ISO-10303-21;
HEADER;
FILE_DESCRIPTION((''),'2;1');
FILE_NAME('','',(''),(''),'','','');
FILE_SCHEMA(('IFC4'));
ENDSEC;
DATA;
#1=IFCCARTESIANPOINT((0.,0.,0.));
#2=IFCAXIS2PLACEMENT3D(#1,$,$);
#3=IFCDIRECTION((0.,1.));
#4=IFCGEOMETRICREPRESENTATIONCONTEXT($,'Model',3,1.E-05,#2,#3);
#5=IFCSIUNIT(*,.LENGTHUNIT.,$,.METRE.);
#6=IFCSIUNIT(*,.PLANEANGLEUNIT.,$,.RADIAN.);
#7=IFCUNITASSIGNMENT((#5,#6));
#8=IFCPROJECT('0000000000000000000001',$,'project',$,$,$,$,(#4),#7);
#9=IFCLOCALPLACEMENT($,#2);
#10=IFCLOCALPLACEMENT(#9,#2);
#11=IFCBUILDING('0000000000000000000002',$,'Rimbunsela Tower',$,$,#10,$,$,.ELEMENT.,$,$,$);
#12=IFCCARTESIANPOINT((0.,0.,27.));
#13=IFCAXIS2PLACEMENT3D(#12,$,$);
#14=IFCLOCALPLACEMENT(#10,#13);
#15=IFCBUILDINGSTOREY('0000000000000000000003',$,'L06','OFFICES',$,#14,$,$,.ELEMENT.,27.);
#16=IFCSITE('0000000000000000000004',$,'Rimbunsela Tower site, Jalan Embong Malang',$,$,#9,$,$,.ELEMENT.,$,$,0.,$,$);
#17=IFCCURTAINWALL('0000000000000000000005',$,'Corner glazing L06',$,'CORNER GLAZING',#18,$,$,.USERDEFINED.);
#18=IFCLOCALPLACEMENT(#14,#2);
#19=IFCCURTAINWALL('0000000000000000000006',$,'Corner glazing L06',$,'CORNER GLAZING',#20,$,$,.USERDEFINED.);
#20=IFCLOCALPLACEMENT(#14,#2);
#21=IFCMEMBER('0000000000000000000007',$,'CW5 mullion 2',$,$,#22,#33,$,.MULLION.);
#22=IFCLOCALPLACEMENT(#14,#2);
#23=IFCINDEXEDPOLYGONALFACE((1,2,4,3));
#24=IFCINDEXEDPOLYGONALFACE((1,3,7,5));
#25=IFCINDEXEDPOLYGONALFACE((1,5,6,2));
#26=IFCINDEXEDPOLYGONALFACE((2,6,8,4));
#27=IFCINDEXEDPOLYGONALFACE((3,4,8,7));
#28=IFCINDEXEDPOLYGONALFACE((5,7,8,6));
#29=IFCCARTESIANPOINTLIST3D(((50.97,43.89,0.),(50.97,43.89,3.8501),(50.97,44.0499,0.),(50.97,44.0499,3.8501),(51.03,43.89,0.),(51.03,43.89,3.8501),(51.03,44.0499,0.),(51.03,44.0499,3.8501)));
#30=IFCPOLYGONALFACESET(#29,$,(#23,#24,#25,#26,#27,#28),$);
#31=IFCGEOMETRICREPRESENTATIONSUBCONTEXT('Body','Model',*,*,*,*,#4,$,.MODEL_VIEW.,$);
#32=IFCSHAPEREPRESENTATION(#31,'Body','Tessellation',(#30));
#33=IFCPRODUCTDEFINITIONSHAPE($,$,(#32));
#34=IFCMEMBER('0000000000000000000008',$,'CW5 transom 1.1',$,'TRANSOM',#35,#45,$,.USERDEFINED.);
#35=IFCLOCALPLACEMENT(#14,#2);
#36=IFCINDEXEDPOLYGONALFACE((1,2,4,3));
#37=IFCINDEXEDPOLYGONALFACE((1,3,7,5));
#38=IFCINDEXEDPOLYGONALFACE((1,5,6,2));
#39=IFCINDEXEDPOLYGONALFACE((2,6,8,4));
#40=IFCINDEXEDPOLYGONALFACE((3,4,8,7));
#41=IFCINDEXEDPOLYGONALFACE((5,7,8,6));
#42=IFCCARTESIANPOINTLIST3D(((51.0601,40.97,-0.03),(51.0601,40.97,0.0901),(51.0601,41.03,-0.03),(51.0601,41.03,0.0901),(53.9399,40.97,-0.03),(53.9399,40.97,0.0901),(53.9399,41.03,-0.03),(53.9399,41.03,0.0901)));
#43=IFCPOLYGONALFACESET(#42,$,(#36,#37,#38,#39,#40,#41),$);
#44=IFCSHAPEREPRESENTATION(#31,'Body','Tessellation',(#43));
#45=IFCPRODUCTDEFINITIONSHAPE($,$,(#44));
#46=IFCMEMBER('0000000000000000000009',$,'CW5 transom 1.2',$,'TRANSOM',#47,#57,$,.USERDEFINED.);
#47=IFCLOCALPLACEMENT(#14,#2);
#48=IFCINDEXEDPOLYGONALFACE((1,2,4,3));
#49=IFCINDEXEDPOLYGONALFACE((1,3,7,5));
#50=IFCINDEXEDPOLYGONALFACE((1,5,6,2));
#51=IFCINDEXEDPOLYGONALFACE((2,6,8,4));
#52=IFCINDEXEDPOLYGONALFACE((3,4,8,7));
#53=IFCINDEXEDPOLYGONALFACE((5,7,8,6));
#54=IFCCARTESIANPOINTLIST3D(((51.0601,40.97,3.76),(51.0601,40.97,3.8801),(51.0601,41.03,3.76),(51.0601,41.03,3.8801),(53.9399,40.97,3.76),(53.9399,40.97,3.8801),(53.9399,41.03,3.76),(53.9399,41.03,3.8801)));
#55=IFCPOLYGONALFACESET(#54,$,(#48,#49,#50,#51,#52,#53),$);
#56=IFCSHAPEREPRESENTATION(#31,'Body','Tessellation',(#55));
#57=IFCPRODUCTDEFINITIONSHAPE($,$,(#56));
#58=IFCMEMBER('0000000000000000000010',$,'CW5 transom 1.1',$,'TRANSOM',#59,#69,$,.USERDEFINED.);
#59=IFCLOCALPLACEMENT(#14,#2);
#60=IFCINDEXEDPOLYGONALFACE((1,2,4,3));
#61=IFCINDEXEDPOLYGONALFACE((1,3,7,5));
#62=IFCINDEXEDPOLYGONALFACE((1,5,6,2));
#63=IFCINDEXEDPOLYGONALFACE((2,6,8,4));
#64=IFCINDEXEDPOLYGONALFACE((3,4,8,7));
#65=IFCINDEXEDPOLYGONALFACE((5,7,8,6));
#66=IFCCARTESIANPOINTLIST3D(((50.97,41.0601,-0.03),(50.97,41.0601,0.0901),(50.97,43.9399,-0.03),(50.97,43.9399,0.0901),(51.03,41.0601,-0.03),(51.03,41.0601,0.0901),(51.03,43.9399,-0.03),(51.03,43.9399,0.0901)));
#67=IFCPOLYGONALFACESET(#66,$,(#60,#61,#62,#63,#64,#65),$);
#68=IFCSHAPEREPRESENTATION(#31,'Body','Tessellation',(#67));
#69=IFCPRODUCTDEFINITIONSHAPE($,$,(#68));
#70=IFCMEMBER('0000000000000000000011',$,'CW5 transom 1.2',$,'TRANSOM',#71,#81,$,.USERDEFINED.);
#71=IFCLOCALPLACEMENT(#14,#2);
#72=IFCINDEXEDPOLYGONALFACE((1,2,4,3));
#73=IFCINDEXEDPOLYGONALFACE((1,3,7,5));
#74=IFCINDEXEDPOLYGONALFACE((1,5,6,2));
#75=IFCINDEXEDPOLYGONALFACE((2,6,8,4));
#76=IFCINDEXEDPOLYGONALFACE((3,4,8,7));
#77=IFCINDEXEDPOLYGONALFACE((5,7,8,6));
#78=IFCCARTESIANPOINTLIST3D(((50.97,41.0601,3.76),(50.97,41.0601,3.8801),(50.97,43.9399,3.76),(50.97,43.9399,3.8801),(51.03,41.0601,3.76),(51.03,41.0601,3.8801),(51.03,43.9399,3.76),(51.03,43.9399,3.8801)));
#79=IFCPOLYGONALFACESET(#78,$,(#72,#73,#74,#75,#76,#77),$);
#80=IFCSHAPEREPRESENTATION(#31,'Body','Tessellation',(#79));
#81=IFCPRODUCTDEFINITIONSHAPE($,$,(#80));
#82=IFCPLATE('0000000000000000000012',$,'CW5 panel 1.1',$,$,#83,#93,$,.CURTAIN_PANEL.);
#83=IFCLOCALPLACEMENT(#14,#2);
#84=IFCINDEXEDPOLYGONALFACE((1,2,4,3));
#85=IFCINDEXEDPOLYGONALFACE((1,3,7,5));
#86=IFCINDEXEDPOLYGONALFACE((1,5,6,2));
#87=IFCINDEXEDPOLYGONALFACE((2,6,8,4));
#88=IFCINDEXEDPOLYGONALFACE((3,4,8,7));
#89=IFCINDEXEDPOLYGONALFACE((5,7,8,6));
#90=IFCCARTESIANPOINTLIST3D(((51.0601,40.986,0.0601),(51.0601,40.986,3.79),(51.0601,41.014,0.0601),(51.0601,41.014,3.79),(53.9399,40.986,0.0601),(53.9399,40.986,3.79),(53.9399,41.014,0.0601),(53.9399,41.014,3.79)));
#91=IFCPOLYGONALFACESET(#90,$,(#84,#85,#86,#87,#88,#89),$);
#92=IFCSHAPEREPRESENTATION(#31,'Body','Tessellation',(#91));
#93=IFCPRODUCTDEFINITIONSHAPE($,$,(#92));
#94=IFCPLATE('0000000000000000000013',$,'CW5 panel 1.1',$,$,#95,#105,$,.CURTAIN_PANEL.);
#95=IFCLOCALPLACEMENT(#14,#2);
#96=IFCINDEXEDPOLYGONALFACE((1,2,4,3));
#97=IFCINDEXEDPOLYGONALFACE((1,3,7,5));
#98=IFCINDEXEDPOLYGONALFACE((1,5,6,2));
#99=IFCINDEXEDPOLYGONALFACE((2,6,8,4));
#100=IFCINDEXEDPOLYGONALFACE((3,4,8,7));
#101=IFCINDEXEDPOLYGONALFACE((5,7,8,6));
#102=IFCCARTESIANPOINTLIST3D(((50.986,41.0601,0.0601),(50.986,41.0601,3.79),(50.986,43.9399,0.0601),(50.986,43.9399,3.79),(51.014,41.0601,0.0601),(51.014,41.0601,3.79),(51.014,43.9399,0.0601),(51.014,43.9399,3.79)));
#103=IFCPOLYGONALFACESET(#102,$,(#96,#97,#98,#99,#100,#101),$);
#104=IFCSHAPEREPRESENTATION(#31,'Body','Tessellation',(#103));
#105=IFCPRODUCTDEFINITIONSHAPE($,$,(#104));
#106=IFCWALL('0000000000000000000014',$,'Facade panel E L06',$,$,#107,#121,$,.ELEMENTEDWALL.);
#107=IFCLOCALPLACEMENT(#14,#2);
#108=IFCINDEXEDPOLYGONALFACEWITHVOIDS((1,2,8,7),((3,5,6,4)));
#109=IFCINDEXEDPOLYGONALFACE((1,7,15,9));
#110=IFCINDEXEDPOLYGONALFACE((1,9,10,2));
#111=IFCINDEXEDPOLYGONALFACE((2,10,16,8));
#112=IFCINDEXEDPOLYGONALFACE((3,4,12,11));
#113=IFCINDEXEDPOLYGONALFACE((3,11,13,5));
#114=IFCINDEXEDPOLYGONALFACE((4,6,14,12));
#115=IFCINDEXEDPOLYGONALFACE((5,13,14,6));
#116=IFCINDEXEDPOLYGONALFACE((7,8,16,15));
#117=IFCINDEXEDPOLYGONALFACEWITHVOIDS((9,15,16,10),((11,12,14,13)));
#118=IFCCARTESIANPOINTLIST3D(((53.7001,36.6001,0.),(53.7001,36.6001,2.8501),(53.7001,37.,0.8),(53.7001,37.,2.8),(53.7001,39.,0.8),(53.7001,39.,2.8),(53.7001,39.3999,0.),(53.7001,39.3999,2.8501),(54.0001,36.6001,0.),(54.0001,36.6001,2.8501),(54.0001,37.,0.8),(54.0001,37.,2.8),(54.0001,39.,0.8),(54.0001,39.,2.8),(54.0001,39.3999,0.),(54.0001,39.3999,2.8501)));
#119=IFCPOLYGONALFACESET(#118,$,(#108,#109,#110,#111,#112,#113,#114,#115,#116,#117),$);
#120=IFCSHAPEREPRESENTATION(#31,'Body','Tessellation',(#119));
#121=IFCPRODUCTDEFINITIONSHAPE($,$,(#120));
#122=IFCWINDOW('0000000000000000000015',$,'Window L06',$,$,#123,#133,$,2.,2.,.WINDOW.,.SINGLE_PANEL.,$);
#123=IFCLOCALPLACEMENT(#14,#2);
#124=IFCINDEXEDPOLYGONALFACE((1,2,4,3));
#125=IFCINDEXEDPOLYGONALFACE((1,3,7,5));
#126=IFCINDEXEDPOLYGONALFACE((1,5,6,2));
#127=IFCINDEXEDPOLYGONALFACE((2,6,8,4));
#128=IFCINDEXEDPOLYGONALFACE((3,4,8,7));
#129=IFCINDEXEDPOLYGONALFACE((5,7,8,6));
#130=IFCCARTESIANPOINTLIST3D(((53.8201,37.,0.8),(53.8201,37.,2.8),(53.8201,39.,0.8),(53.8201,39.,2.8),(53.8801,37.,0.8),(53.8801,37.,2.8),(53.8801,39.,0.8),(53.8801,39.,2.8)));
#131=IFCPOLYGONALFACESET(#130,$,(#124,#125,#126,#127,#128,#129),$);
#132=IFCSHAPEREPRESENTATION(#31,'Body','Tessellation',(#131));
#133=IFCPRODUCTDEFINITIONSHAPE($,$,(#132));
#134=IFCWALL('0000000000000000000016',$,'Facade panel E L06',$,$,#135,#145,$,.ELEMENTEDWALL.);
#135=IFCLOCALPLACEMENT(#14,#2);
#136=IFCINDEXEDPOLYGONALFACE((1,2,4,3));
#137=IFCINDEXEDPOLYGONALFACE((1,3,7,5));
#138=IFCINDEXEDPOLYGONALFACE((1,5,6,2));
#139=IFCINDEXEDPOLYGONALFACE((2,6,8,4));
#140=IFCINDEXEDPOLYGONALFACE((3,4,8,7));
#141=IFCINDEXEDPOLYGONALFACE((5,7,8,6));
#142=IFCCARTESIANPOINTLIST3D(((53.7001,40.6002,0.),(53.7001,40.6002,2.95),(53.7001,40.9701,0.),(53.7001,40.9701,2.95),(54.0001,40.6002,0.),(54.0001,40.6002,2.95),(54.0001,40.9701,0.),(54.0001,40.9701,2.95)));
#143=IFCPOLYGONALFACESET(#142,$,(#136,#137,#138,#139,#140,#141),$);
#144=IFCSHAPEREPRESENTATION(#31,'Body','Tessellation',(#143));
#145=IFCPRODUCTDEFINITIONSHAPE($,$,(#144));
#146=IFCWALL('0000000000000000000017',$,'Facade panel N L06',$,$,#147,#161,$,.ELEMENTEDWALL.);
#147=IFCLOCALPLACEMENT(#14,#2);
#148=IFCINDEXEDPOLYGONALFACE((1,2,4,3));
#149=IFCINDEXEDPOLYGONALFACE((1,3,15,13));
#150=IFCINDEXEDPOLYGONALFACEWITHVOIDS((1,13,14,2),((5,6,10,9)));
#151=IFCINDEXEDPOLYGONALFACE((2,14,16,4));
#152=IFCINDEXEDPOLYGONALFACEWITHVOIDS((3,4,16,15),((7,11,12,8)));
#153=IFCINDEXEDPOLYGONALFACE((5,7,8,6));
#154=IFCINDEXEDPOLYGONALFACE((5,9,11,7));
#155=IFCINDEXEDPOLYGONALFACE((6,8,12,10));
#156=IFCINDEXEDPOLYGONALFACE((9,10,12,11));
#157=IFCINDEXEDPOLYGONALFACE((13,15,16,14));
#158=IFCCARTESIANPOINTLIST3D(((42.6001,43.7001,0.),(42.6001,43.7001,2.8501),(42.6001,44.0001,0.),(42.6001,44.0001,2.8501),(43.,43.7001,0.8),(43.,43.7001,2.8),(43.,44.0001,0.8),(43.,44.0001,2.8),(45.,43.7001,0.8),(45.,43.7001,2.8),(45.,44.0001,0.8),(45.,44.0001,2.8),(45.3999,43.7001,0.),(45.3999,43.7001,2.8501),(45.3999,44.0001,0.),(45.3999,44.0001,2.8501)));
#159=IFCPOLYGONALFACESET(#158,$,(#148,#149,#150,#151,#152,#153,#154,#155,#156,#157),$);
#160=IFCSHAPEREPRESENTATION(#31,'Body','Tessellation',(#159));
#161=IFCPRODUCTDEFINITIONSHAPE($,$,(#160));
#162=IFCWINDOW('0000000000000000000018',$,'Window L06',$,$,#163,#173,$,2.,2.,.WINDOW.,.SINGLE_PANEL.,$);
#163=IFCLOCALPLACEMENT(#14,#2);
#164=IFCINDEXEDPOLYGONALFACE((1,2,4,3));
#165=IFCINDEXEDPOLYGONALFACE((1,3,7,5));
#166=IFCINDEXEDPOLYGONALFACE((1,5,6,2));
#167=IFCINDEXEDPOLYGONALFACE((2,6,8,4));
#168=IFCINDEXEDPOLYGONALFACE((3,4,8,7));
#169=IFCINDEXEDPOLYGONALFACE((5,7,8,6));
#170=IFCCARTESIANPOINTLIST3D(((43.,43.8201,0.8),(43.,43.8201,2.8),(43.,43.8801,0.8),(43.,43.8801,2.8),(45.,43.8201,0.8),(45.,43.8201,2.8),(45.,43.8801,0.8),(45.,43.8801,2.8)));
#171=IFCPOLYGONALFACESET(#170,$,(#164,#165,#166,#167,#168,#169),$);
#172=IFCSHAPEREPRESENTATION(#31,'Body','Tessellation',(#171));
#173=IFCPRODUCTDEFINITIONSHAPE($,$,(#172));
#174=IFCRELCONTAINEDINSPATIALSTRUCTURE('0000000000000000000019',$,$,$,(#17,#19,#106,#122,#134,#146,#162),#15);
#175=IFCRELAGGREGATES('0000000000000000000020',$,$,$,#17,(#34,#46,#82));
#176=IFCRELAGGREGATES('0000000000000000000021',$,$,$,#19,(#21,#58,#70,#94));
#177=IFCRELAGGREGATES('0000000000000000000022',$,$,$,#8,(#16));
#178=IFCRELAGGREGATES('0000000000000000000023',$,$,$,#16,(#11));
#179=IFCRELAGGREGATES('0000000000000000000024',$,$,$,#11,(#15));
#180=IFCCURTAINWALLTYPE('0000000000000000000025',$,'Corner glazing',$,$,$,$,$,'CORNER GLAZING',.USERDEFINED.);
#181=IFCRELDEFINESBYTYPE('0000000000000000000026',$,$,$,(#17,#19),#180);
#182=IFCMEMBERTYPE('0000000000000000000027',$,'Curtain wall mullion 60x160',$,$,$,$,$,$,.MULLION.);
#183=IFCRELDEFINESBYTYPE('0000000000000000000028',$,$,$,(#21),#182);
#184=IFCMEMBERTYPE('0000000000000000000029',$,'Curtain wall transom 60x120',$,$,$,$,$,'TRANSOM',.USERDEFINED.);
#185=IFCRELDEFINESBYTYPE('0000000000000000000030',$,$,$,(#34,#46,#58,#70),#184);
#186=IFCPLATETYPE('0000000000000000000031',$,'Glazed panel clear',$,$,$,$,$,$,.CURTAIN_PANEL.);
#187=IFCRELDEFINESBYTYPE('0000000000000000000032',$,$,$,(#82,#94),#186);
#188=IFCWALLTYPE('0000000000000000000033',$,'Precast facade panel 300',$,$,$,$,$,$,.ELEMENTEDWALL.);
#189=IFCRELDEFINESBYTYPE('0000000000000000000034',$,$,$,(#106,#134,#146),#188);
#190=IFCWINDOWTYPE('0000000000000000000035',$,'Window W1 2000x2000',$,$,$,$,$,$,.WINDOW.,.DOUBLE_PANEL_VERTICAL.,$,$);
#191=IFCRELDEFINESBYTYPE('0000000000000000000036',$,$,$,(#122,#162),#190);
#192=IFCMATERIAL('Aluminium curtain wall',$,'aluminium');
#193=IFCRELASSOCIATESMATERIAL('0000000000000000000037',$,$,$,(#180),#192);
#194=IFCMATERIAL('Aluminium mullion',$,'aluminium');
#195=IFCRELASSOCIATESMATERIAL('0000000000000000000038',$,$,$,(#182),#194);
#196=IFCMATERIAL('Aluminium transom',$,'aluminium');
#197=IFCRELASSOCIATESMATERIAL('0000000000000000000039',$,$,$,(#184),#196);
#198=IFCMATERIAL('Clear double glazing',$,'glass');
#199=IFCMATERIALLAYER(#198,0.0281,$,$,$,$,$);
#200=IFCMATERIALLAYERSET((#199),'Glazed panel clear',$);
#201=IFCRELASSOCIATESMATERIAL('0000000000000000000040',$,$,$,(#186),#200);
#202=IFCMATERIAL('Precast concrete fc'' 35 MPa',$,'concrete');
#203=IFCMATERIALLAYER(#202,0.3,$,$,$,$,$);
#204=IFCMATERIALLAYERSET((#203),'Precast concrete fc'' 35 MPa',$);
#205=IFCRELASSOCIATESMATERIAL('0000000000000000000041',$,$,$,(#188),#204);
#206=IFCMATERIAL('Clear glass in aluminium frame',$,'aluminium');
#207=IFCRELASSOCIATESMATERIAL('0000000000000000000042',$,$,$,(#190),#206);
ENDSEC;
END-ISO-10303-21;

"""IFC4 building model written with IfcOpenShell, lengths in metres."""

from ifc_helpers import new_model, si_unit, direction, frame, frame_2d, origin, origin_2d, place, context, subcontext, project, spatial, rectangle, extrude, material, layer, layer_set, material_profile, profile_set, type_object, element, fill, aggregate, save


model = new_model("IFC4")

# Units and contexts
model_context = context("Model", 3, precision=1e-05, world=origin(), true_north=direction((0.0, 1.0)))
body_context = subcontext(model_context, "Body", "Model", "MODEL_VIEW")
ifc_project = project(units=[si_unit("LENGTHUNIT", "METRE"), si_unit("PLANEANGLEUNIT", "RADIAN")], contexts=[model_context])

# Site, building, storey
site_placement = place(None, origin())
site = spatial("IfcSite", under=ifc_project, at=site_placement, Name="Rimbunsela Tower site, Jalan Embong Malang", CompositionType="ELEMENT", RefElevation=0.0)
building_placement = place(site_placement, origin())
building = spatial("IfcBuilding", under=site, at=building_placement, Name="Rimbunsela Tower", CompositionType="ELEMENT")
storey_placement = place(building_placement, frame((0.0, 0.0, 27.0)))
storey = spatial("IfcBuildingStorey", under=building, at=storey_placement, Name="L06", Description="OFFICES", CompositionType="ELEMENT", Elevation=27.0)

# Curtain walls, member
ifc_material_1 = material(Name="Aluminium curtain wall", Category="aluminium")
curtain_wall_type = type_object("IfcCurtainWallType", Name="Corner glazing", ElementType="CORNER GLAZING", PredefinedType="USERDEFINED", material=ifc_material_1)
curtain_wall_1_placement = place(storey_placement, origin())
curtain_wall_1 = element("IfcCurtainWall", 1, at=curtain_wall_1_placement, inside=storey, type_object=curtain_wall_type, Name="Corner glazing L06", ObjectType="CORNER GLAZING", PredefinedType="USERDEFINED")
ifc_material_2 = material(Name="Aluminium mullion", Category="aluminium")
ifc_material_profile_1 = material_profile(ifc_material_2, rectangle(XDim=0.0601, YDim=0.1599, at=origin_2d()), Name="Mullion 60x160")
ifc_profile_set_1 = profile_set([ifc_material_profile_1], Name="Aluminium mullion")
member_type_1 = type_object("IfcMemberType", Name="Curtain wall mullion 60x160", PredefinedType="MULLION", material=ifc_profile_set_1)
curtain_wall_2_placement = place(storey_placement, origin())
curtain_wall_2 = element("IfcCurtainWall", 2, at=curtain_wall_2_placement, inside=storey, type_object=curtain_wall_type, Name="Corner glazing L06", ObjectType="CORNER GLAZING", PredefinedType="USERDEFINED")
member_1_placement = place(storey_placement, frame((51.0, 43.97, 0.0), z_axis=(0.0, 0.0, 1.0), x_axis=(-1.0, 0.0, 0.0)))
member_1 = element("IfcMember", 3, at=member_1_placement, type_object=member_type_1, Name="CW5 mullion 2", PredefinedType="MULLION", context=body_context, shape_type="SweptSolid", body=[
    extrude(rectangle(XDim=0.0601, YDim=0.1599, at=origin_2d()), origin(), (0.0, 0.0, 1.0), 3.8501),
])

# Members
ifc_material_3 = material(Name="Aluminium transom", Category="aluminium")
ifc_material_profile_2 = material_profile(ifc_material_3, rectangle(XDim=0.0601, YDim=0.1201, at=origin_2d()), Name="Transom 60x120")
ifc_profile_set_2 = profile_set([ifc_material_profile_2], Name="Aluminium transom")
member_type_2 = type_object("IfcMemberType", Name="Curtain wall transom 60x120", ElementType="TRANSOM", PredefinedType="USERDEFINED", material=ifc_profile_set_2)
member_2_placement = place(storey_placement, frame((53.9399, 41.0, 0.03), z_axis=(-1.0, 0.0, 0.0), x_axis=(0.0, -1.0, 0.0)))
member_2 = element("IfcMember", 4, at=member_2_placement, type_object=member_type_2, Name="CW5 transom 1.1", ObjectType="TRANSOM", PredefinedType="USERDEFINED", context=body_context, shape_type="SweptSolid", body=[
    extrude(rectangle(XDim=0.0601, YDim=0.1201, at=origin_2d()), origin(), (0.0, 0.0, 1.0), 2.8799),
])
member_3_placement = place(storey_placement, frame((53.9399, 41.0, 3.8201), z_axis=(-1.0, 0.0, 0.0), x_axis=(0.0, -1.0, 0.0)))
member_3 = element("IfcMember", 5, at=member_3_placement, type_object=member_type_2, Name="CW5 transom 1.2", ObjectType="TRANSOM", PredefinedType="USERDEFINED", context=body_context, shape_type="SweptSolid", body=[
    extrude(rectangle(XDim=0.0601, YDim=0.1201, at=origin_2d()), origin(), (0.0, 0.0, 1.0), 2.8799),
])
member_4_placement = place(storey_placement, frame((51.0, 41.0601, 0.03), z_axis=(0.0, 1.0, 0.0), x_axis=(-1.0, 0.0, 0.0)))
member_4 = element("IfcMember", 6, at=member_4_placement, type_object=member_type_2, Name="CW5 transom 1.1", ObjectType="TRANSOM", PredefinedType="USERDEFINED", context=body_context, shape_type="SweptSolid", body=[
    extrude(rectangle(XDim=0.0601, YDim=0.1201, at=origin_2d()), origin(), (0.0, 0.0, 1.0), 2.8799),
])
member_5_placement = place(storey_placement, frame((51.0, 41.0601, 3.8201), z_axis=(0.0, 1.0, 0.0), x_axis=(-1.0, 0.0, 0.0)))
member_5 = element("IfcMember", 7, at=member_5_placement, type_object=member_type_2, Name="CW5 transom 1.2", ObjectType="TRANSOM", PredefinedType="USERDEFINED", context=body_context, shape_type="SweptSolid", body=[
    extrude(rectangle(XDim=0.0601, YDim=0.1201, at=origin_2d()), origin(), (0.0, 0.0, 1.0), 2.8799),
])

# Plates
ifc_material_4 = material(Name="Clear double glazing", Category="glass")
ifc_layer_1 = layer(ifc_material_4, 0.0281)
ifc_layer_set_1 = layer_set([ifc_layer_1], Name="Glazed panel clear")
plate_type = type_object("IfcPlateType", Name="Glazed panel clear", PredefinedType="CURTAIN_PANEL", material=ifc_layer_set_1)
plate_1_placement = place(storey_placement, frame((52.5, 41.0, 0.0601), z_axis=(0.0, 0.0, 1.0), x_axis=(-1.0, 0.0, 0.0)))
plate_1 = element("IfcPlate", 8, at=plate_1_placement, type_object=plate_type, Name="CW5 panel 1.1", PredefinedType="CURTAIN_PANEL", context=body_context, shape_type="SweptSolid", body=[
    extrude(rectangle(XDim=2.8799, YDim=0.0281, at=origin_2d()), origin(), (0.0, 0.0, 1.0), 3.73),
])
aggregate(curtain_wall_1, [member_2, member_3, plate_1])
plate_2_placement = place(storey_placement, frame((51.0, 42.5, 0.0601), z_axis=(0.0, 0.0, 1.0), x_axis=(0.0, 1.0, 0.0)))
plate_2 = element("IfcPlate", 9, at=plate_2_placement, type_object=plate_type, Name="CW5 panel 1.1", PredefinedType="CURTAIN_PANEL", context=body_context, shape_type="SweptSolid", body=[
    extrude(rectangle(XDim=2.8799, YDim=0.0281, at=origin_2d()), origin(), (0.0, 0.0, 1.0), 3.73),
])
aggregate(curtain_wall_2, [member_1, member_4, member_5, plate_2])

# Wall, opening, window
ifc_material_5 = material(Name="Precast concrete fc' 35 MPa", Category="concrete")
ifc_layer_2 = layer(ifc_material_5, 0.3)
ifc_layer_set_2 = layer_set([ifc_layer_2], Name="Precast concrete fc' 35 MPa")
wall_type = type_object("IfcWallType", Name="Precast facade panel 300", PredefinedType="ELEMENTEDWALL", material=ifc_layer_set_2)
wall_1_placement = place(storey_placement, frame((53.8501, 36.6001, 0.0), z_axis=(0.0, 0.0, 1.0), x_axis=(0.0, 1.0, 0.0)))
wall_1 = element("IfcWall", 10, at=wall_1_placement, inside=storey, type_object=wall_type, Name="Facade panel E L06", PredefinedType="ELEMENTEDWALL", context=body_context, shape_type="SweptSolid", body=[
    extrude(rectangle(XDim=2.7998, YDim=0.3, at=frame_2d((1.3999, 0.0))), origin(), (0.0, 0.0, 1.0), 2.8501),
])
opening_1_placement = place(wall_1_placement, frame((0.3999, 0.0, 0.8)))
opening_1 = element("IfcOpeningElement", 11, at=opening_1_placement, cuts=wall_1, PredefinedType="OPENING", context=body_context, shape_type="SweptSolid", body=[
    extrude(rectangle(XDim=2.0, YDim=2.0, at=frame_2d((1.0, 1.0))), frame((0.0, 0.1599, 0.0), z_axis=(0.0, -1.0, 0.0), x_axis=(1.0, 0.0, 0.0)), (0.0, 0.0, 1.0), 0.3201),
])
ifc_material_6 = material(Name="Clear glass in aluminium frame", Category="aluminium")
window_type = type_object("IfcWindowType", Name="Window W1 2000x2000", PartitioningType="DOUBLE_PANEL_VERTICAL", PredefinedType="WINDOW", material=ifc_material_6)
window_1_placement = place(opening_1_placement, origin())
window_1 = element("IfcWindow", 12, at=window_1_placement, inside=storey, type_object=window_type, Name="Window L06", OverallHeight=2.0, OverallWidth=2.0, PartitioningType="SINGLE_PANEL", PredefinedType="WINDOW", context=body_context, shape_type="SweptSolid", body=[
    extrude(rectangle(XDim=2.0, YDim=2.0, at=frame_2d((1.0, 1.0))), frame((0.0, 0.03, 0.0), z_axis=(0.0, -1.0, 0.0), x_axis=(1.0, 0.0, 0.0)), (0.0, 0.0, 1.0), 0.0601),
])
fill(opening_1, window_1)

# Wall
wall_2_placement = place(storey_placement, frame((53.8501, 40.6001, 0.0), z_axis=(0.0, 0.0, 1.0), x_axis=(0.0, 1.0, 0.0)))
element("IfcWall", 13, at=wall_2_placement, inside=storey, type_object=wall_type, Name="Facade panel E L06", PredefinedType="ELEMENTEDWALL", context=body_context, shape_type="SweptSolid", body=[
    extrude(rectangle(XDim=0.3699, YDim=0.3, at=frame_2d((0.1851, 0.0))), origin(), (0.0, 0.0, 1.0), 2.95),
])

# Wall, opening, window
wall_3_placement = place(storey_placement, frame((45.3999, 43.8501, 0.0), z_axis=(0.0, 0.0, 1.0), x_axis=(-1.0, 0.0, 0.0)))
wall_3 = element("IfcWall", 14, at=wall_3_placement, inside=storey, type_object=wall_type, Name="Facade panel N L06", PredefinedType="ELEMENTEDWALL", context=body_context, shape_type="SweptSolid", body=[
    extrude(rectangle(XDim=2.7998, YDim=0.3, at=frame_2d((1.3999, 0.0))), origin(), (0.0, 0.0, 1.0), 2.8501),
])
opening_2_placement = place(wall_3_placement, frame((0.3999, 0.0, 0.8)))
opening_2 = element("IfcOpeningElement", 15, at=opening_2_placement, cuts=wall_3, PredefinedType="OPENING", context=body_context, shape_type="SweptSolid", body=[
    extrude(rectangle(XDim=2.0, YDim=2.0, at=frame_2d((1.0, 1.0))), frame((0.0, 0.1599, 0.0), z_axis=(0.0, -1.0, 0.0), x_axis=(1.0, 0.0, 0.0)), (0.0, 0.0, 1.0), 0.3201),
])
window_2_placement = place(opening_2_placement, origin())
window_2 = element("IfcWindow", 16, at=window_2_placement, inside=storey, type_object=window_type, Name="Window L06", OverallHeight=2.0, OverallWidth=2.0, PartitioningType="SINGLE_PANEL", PredefinedType="WINDOW", context=body_context, shape_type="SweptSolid", body=[
    extrude(rectangle(XDim=2.0, YDim=2.0, at=frame_2d((1.0, 1.0))), frame((0.0, 0.03, 0.0), z_axis=(0.0, -1.0, 0.0), x_axis=(1.0, 0.0, 0.0)), (0.0, 0.0, 1.0), 0.0601),
])
fill(opening_2, window_2)

save(model, "model.ifc")
